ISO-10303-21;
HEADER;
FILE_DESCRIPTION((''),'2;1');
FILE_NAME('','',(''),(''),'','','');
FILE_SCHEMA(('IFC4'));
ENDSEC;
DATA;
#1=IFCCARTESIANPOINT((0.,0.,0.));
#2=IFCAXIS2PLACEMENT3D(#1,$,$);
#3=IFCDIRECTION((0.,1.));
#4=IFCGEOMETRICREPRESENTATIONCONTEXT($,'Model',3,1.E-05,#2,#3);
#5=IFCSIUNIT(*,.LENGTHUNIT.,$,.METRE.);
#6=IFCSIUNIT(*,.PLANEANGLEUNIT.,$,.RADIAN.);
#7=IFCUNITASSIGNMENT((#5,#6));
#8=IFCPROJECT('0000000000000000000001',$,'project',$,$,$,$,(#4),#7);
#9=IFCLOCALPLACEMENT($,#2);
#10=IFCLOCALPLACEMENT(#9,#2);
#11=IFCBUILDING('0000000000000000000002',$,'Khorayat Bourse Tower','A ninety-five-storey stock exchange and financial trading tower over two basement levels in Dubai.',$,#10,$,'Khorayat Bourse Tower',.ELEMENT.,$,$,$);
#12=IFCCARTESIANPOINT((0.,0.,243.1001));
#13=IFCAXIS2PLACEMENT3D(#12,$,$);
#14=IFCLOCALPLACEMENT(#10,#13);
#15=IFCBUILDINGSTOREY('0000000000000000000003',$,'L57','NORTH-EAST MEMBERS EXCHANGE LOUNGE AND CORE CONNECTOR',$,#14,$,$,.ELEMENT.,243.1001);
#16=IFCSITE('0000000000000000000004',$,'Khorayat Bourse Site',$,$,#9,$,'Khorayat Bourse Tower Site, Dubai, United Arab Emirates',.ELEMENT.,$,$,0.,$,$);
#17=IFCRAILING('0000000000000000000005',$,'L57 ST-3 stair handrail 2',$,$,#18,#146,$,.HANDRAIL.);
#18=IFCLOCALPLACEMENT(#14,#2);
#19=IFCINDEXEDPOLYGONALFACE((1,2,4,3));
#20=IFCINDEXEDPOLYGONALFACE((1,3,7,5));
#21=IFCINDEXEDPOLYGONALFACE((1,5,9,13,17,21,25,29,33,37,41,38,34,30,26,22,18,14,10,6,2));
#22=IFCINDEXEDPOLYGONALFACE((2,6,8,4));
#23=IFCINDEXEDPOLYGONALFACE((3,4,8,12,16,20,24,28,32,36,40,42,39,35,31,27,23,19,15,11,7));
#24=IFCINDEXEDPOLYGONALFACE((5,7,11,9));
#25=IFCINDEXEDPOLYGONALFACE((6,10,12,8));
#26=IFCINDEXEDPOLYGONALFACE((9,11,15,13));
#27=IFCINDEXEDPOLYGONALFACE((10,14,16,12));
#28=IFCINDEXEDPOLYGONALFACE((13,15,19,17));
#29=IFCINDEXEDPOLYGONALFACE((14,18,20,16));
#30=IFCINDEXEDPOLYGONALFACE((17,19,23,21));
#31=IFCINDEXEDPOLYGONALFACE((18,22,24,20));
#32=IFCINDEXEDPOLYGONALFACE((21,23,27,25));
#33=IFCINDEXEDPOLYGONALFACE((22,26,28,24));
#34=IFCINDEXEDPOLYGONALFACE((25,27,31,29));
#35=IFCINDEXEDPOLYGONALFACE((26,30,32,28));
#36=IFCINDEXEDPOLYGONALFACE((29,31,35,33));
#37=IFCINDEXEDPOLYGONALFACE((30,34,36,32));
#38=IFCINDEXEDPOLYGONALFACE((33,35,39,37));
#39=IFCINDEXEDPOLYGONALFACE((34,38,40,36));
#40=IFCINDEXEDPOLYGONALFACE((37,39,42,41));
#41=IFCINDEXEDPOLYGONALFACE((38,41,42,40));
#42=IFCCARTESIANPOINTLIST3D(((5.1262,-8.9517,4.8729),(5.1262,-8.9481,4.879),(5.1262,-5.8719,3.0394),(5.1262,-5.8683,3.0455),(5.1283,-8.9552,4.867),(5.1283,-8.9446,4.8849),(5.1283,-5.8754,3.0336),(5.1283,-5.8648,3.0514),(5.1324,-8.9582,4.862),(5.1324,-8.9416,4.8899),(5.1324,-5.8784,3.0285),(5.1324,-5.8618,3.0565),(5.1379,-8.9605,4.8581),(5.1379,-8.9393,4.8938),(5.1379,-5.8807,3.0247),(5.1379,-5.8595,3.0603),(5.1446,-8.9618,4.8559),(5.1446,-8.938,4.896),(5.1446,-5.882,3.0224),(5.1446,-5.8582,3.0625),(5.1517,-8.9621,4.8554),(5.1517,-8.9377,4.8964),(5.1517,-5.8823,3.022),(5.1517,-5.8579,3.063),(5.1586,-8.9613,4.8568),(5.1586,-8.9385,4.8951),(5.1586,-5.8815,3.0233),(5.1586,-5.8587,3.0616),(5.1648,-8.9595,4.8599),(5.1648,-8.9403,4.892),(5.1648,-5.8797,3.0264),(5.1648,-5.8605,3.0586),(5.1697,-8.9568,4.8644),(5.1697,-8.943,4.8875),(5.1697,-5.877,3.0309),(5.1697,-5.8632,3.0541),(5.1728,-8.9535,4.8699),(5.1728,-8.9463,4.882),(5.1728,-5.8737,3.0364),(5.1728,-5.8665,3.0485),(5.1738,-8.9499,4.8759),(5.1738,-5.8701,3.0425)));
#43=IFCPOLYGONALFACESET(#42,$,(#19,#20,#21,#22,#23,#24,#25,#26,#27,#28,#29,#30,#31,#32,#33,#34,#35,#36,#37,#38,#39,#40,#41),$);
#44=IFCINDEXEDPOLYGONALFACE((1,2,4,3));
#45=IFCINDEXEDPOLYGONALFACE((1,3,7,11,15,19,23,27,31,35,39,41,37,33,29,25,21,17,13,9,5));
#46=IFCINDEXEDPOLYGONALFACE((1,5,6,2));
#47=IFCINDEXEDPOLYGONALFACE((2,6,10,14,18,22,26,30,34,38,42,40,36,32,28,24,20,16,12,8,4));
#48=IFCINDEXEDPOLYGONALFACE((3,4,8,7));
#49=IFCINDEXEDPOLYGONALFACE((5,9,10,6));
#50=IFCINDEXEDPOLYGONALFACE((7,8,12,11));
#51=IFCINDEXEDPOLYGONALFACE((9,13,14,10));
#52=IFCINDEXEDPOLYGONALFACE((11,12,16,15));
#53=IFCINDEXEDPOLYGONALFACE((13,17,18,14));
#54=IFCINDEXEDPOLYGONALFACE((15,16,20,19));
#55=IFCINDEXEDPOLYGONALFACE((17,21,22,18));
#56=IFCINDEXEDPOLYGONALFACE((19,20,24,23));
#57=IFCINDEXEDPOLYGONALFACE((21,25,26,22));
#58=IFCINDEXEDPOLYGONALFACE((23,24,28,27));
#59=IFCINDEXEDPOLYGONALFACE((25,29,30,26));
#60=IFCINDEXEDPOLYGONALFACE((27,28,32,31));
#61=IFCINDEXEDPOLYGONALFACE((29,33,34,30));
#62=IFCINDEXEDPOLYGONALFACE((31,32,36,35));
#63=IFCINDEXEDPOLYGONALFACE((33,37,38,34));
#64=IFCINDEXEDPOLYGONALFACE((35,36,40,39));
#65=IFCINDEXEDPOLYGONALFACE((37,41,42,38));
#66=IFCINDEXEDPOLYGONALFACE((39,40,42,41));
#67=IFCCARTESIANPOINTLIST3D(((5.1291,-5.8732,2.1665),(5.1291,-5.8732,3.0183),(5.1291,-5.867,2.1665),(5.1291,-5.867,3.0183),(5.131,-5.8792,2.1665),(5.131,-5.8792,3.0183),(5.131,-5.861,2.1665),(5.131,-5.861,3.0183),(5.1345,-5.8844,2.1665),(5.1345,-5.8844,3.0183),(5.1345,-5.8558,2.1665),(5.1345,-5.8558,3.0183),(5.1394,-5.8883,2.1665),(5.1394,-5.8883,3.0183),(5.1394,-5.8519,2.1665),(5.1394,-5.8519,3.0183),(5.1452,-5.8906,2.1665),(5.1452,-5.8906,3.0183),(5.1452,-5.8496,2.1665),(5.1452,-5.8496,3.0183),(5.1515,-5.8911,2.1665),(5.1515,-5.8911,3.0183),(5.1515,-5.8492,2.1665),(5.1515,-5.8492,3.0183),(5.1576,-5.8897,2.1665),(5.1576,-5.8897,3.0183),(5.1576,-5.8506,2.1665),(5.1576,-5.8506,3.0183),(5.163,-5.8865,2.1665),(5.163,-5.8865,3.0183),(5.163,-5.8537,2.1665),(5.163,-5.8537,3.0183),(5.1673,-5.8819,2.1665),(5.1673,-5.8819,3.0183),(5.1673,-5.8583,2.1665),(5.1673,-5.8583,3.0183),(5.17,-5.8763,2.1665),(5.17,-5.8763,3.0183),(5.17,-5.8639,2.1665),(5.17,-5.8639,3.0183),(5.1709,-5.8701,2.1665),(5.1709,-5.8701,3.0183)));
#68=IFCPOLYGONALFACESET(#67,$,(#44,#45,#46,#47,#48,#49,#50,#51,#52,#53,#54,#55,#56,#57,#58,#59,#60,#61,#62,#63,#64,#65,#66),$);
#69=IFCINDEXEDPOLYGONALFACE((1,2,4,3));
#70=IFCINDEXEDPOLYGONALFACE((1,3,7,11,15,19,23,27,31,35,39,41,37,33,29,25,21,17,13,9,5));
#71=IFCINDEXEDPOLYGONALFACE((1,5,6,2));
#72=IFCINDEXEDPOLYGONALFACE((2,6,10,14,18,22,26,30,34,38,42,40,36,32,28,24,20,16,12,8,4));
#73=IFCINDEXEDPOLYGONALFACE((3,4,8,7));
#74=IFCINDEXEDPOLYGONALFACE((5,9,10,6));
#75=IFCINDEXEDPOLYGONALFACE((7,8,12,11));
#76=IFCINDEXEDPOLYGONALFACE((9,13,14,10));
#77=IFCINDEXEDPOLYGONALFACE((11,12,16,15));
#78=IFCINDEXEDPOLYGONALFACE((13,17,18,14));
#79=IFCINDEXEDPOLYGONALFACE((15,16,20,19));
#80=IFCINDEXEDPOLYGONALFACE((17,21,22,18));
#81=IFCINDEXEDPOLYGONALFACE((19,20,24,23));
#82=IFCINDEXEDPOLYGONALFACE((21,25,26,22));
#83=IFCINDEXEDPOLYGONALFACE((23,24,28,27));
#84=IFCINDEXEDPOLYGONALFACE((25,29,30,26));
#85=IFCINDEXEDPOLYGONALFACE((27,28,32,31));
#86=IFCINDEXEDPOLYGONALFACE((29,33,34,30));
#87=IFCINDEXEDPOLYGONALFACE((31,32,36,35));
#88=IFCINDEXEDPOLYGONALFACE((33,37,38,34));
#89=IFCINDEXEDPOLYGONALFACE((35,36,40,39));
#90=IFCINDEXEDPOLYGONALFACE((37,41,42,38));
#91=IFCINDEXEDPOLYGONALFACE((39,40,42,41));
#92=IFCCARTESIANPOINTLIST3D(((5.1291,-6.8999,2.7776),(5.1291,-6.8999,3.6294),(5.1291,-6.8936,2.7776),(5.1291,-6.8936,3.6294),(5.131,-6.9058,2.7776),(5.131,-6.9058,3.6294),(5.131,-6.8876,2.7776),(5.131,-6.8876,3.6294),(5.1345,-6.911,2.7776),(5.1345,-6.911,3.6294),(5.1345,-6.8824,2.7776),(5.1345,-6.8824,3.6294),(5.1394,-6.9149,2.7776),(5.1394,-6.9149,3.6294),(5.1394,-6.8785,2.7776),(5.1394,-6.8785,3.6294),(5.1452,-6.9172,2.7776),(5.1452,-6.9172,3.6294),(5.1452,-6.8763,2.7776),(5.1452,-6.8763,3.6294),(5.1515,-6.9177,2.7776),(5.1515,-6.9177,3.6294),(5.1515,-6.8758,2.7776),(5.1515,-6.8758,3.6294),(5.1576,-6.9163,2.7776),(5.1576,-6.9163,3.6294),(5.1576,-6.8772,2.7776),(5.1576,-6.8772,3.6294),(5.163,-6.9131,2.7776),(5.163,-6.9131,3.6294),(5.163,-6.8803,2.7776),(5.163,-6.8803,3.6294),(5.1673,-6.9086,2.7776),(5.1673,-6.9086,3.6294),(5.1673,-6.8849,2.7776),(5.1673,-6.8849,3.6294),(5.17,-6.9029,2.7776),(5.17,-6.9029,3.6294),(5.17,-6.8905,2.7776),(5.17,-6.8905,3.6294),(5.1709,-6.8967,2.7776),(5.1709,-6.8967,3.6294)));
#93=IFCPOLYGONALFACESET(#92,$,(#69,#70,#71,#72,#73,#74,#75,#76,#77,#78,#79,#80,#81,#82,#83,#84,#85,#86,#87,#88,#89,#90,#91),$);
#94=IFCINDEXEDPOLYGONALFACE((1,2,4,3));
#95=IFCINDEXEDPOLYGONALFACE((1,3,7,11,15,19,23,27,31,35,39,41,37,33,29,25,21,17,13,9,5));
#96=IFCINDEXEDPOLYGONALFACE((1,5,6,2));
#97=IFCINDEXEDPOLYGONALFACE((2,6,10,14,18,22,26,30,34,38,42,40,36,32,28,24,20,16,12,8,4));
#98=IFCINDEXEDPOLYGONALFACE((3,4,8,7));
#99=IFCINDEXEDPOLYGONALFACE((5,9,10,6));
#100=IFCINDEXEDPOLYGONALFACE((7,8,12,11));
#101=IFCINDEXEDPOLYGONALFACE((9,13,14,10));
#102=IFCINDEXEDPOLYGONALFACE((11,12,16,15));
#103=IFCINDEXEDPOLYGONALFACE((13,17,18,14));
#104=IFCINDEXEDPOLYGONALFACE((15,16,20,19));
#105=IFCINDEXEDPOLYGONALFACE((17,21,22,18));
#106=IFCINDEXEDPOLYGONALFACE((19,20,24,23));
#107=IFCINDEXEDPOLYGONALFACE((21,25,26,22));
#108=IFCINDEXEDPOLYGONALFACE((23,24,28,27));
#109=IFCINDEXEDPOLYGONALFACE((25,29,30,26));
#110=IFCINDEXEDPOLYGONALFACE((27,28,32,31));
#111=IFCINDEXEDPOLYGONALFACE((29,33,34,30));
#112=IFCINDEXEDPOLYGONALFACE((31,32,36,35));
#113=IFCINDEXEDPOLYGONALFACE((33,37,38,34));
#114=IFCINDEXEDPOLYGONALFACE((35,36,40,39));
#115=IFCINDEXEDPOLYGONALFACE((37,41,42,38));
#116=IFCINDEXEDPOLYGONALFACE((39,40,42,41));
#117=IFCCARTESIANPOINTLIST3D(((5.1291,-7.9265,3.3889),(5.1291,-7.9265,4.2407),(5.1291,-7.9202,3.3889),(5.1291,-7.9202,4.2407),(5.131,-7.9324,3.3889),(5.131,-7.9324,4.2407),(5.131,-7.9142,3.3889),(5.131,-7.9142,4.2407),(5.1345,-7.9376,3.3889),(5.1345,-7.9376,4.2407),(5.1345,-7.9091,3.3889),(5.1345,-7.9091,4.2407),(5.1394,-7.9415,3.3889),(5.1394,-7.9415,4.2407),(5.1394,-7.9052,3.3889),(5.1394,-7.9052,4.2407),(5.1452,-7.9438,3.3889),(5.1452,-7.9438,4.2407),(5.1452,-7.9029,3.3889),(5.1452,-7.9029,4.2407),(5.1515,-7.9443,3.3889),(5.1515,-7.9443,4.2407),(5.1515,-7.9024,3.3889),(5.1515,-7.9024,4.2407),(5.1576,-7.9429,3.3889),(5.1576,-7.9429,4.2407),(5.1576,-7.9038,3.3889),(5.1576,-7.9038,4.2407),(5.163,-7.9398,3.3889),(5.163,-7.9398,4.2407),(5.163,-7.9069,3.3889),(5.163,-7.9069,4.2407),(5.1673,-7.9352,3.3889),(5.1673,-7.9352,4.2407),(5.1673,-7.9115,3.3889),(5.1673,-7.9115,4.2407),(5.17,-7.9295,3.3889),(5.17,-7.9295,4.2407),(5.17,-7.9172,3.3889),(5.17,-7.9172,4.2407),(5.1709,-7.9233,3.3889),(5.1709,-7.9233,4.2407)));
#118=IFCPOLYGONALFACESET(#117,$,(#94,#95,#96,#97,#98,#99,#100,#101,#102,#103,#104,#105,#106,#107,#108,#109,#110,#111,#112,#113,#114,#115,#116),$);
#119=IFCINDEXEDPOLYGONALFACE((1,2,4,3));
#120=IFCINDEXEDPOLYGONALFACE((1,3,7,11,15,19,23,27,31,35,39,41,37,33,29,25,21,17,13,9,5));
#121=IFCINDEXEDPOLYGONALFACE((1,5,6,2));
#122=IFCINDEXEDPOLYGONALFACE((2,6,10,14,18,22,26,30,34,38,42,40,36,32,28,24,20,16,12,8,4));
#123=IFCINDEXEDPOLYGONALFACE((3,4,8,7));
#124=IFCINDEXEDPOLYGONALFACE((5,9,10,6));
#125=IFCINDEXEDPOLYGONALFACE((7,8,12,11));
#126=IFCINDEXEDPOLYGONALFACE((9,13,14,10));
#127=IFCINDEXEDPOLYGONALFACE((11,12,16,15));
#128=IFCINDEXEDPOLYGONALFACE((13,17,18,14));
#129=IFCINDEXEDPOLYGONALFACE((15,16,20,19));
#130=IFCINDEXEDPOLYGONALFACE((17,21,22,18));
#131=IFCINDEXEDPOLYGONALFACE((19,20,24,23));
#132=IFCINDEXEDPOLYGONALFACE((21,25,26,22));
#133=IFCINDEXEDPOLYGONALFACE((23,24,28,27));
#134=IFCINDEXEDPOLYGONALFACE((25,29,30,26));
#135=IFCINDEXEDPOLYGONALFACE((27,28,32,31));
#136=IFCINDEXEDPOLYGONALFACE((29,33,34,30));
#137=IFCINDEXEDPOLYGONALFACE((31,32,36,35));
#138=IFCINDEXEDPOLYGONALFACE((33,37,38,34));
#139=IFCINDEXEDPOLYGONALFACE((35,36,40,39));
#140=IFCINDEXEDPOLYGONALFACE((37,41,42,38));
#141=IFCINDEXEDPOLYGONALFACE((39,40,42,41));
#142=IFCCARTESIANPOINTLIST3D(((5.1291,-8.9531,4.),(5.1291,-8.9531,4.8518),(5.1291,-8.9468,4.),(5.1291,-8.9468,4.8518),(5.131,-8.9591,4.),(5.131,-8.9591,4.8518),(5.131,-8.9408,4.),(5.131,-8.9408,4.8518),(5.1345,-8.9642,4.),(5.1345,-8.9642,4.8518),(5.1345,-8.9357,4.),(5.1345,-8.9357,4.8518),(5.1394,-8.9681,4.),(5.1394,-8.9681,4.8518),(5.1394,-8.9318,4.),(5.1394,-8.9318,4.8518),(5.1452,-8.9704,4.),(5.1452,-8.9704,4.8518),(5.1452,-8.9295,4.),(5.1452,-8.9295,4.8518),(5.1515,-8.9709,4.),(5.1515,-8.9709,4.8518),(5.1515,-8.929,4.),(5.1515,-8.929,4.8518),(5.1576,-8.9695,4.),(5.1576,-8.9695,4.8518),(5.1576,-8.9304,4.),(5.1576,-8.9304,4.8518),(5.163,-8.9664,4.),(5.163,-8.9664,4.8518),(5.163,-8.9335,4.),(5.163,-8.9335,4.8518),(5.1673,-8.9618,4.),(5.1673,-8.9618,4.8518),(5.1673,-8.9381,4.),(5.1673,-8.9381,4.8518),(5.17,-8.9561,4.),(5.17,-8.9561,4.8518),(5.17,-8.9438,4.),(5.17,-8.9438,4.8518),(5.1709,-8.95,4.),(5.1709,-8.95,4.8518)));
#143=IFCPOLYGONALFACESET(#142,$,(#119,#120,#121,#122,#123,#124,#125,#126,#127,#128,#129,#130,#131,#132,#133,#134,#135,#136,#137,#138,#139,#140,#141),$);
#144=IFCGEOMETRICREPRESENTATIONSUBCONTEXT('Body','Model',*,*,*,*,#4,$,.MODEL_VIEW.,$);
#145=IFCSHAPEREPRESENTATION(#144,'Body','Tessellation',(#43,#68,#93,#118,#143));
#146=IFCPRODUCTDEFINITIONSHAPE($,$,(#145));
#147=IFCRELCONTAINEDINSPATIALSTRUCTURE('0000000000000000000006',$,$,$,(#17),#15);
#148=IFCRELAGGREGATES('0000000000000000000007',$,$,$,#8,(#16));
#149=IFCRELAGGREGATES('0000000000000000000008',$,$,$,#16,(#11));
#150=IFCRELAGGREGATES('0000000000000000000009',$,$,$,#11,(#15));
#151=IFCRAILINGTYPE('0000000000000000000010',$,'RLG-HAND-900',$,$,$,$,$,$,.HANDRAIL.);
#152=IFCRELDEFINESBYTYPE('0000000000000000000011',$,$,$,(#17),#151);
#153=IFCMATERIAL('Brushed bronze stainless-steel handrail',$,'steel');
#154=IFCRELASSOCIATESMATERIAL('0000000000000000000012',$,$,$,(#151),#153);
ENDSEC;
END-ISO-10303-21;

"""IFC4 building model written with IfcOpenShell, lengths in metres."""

from ifc_helpers import new_model, si_unit, direction, frame, origin, origin_2d, place, context, subcontext, project, spatial, circle, extrude, source, transform, mapped, material, type_object, element, save


model = new_model("IFC4")

# Units and contexts
model_context = context("Model", 3, precision=1e-05, world=origin(), true_north=direction((0.0, 1.0)))
body_context = subcontext(model_context, "Body", "Model", "MODEL_VIEW")
ifc_project = project(units=[si_unit("LENGTHUNIT", "METRE"), si_unit("PLANEANGLEUNIT", "RADIAN")], contexts=[model_context])

# Site, building, storey
site_placement = place(None, origin())
site = spatial("IfcSite", under=ifc_project, at=site_placement, Name="Khorayat Bourse Site", LongName="Khorayat Bourse Tower Site, Dubai, United Arab Emirates", CompositionType="ELEMENT", RefElevation=0.0)
building_placement = place(site_placement, origin())
building = spatial("IfcBuilding", under=site, at=building_placement, Name="Khorayat Bourse Tower", Description="A ninety-five-storey stock exchange and financial trading tower over two basement levels in Dubai.", LongName="Khorayat Bourse Tower", CompositionType="ELEMENT")
storey_placement = place(building_placement, frame((0.0, 0.0, 243.1001)))
storey = spatial("IfcBuildingStorey", under=building, at=storey_placement, Name="L57", Description="NORTH-EAST MEMBERS EXCHANGE LOUNGE AND CORE CONNECTOR", CompositionType="ELEMENT", Elevation=243.1001)

# Railing
ifc_material_1 = material(Name="Brushed bronze stainless-steel handrail", Category="steel")
railing_type_1 = type_object("IfcRailingType", Name="RLG-HAND-900", PredefinedType="HANDRAIL", material=ifc_material_1)
shared_shape_1 = source(origin(), body_context, "Body", "SweptSolid", [
    extrude(circle(Radius=0.0239, at=origin_2d()), frame((0.0, 0.0, 0.876), z_axis=(0.0, -0.859261, 0.511538), x_axis=(1.0, 0.0, 0.0)), (0.0, 0.0, 1.0), 3.5842),
    extrude(circle(Radius=0.021, at=origin_2d()), origin(), (0.0, 0.0, 1.0), 0.8518),
    extrude(circle(Radius=0.021, at=origin_2d()), frame((0.0, -1.0266, 0.6111)), (0.0, 0.0, 1.0), 0.8518),
    extrude(circle(Radius=0.021, at=origin_2d()), frame((0.0, -2.0532, 1.2224)), (0.0, 0.0, 1.0), 0.8518),
    extrude(circle(Radius=0.021, at=origin_2d()), frame((0.0, -3.0798, 1.8335)), (0.0, 0.0, 1.0), 0.8518),
])
railing_1_placement = place(storey_placement, frame((5.1499, -5.8701, 2.1665)))
element("IfcRailing", 1, at=railing_1_placement, inside=storey, type_object=railing_type_1, Name="L57 ST-3 stair handrail 2", PredefinedType="HANDRAIL", context=body_context, shape_type="MappedRepresentation", body=[
    mapped(shared_shape_1, transform((0.0, 0.0, 0.0), scale=1.0)),
])

save(model, "model.ifc")
